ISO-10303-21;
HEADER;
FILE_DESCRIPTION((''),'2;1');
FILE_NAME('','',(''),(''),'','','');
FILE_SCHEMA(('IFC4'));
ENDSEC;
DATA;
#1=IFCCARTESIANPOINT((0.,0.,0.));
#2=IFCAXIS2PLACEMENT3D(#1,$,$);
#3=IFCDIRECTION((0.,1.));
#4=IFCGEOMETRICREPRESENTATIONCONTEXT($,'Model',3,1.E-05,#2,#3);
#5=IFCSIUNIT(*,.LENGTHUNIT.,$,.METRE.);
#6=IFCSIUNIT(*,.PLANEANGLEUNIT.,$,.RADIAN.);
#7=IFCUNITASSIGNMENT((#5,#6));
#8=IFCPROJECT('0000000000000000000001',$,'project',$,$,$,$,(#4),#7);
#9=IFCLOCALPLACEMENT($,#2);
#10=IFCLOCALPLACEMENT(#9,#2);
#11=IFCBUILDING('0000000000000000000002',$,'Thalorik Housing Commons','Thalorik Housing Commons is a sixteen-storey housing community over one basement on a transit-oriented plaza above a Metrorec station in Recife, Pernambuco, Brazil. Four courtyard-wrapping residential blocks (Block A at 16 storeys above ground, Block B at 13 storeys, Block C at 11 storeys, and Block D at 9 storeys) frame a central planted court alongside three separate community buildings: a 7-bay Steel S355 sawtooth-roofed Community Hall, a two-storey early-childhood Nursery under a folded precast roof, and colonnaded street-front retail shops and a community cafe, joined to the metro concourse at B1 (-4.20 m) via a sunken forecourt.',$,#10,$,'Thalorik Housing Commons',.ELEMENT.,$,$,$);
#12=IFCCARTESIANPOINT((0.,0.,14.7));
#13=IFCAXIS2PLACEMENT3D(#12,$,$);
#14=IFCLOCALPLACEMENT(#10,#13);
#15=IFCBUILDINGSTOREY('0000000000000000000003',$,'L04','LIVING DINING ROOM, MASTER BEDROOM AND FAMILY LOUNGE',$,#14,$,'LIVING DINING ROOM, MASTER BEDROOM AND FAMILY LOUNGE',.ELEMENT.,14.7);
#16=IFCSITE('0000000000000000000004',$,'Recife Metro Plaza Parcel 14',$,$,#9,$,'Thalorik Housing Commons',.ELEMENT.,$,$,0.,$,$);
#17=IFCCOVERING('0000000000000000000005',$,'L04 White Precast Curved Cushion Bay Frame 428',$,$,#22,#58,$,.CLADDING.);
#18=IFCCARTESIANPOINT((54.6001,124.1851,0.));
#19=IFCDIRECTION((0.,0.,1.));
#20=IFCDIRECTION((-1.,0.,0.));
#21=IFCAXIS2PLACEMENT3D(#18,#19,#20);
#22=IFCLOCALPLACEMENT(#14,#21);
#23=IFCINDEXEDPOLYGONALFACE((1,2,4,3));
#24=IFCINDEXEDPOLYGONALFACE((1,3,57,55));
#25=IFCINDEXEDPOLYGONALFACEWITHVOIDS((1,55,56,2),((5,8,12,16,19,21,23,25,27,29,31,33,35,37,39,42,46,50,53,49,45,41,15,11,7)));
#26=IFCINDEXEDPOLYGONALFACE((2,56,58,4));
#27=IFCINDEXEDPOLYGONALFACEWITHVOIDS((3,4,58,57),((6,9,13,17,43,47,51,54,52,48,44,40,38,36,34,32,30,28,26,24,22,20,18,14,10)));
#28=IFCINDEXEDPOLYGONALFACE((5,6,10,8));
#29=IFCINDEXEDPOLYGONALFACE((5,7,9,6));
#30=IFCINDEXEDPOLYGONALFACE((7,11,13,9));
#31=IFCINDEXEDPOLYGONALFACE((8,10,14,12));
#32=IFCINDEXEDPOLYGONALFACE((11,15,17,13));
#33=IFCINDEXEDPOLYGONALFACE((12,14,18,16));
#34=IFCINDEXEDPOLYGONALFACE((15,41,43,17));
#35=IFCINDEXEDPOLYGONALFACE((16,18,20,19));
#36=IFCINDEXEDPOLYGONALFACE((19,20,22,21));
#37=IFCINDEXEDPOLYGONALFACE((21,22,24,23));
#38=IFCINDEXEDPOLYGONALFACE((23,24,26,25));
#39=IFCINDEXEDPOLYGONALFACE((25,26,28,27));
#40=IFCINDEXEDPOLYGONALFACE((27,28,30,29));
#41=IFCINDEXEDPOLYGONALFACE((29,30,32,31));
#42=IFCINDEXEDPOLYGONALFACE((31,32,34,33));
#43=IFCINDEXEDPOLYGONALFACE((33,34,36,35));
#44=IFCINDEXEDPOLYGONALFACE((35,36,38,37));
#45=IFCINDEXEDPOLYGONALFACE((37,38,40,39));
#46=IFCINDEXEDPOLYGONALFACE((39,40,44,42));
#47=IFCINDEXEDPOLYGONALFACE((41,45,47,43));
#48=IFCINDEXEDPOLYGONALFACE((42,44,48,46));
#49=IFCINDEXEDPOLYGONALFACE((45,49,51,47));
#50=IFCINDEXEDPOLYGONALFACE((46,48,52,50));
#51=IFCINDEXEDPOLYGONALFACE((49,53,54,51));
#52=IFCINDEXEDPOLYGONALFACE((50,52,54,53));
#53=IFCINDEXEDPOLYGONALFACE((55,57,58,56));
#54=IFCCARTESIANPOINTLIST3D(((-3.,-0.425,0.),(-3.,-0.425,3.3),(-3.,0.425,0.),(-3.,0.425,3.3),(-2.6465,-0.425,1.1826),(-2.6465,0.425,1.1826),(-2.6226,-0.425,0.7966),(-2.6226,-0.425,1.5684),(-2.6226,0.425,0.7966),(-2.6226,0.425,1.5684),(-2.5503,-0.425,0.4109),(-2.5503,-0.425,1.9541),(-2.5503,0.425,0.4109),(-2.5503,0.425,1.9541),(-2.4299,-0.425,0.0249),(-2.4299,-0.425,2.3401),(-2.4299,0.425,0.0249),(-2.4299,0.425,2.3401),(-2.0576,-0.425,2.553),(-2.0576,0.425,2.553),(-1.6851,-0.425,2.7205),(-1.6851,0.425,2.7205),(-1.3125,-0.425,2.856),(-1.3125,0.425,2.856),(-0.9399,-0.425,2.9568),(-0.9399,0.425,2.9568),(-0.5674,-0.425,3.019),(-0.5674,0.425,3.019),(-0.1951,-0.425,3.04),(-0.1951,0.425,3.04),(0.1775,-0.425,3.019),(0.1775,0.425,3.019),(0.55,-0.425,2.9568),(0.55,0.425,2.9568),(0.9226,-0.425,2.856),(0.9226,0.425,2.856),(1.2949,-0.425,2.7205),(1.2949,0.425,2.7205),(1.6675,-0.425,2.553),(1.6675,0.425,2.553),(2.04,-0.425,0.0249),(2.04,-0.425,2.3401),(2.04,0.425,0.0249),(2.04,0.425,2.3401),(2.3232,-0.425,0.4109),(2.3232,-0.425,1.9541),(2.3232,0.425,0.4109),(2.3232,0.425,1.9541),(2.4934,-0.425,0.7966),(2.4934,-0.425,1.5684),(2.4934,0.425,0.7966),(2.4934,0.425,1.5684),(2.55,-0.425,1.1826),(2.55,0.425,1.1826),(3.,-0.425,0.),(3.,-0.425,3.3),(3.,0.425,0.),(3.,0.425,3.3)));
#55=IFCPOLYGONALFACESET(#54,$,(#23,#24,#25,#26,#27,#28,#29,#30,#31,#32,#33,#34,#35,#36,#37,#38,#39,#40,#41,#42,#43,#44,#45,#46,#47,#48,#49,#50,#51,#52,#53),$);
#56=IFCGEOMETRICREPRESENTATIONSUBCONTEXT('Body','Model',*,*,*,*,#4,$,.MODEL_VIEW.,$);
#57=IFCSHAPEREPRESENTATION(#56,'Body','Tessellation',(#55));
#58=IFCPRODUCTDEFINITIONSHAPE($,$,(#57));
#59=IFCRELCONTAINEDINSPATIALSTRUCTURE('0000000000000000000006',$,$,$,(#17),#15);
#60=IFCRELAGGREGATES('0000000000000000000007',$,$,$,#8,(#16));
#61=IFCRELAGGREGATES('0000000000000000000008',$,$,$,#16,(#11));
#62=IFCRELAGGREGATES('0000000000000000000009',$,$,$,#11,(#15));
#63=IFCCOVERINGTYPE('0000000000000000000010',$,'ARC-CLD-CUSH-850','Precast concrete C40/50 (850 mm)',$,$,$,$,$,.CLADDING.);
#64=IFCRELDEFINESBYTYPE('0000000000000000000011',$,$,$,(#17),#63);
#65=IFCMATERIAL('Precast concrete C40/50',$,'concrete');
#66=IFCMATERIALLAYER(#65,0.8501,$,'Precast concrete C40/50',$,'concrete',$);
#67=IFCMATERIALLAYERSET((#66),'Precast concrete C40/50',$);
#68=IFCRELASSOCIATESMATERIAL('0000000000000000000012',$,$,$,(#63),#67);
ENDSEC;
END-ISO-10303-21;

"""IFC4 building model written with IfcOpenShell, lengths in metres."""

from ifc_helpers import new_model, si_unit, direction, frame, origin, place, context, subcontext, project, spatial, polyline, outline, extrude, material, layer, layer_set, type_object, element, save


model = new_model("IFC4")

# Units and contexts
model_context = context("Model", 3, precision=1e-05, world=origin(), true_north=direction((0.0, 1.0)))
body_context = subcontext(model_context, "Body", "Model", "MODEL_VIEW")
ifc_project = project(units=[si_unit("LENGTHUNIT", "METRE"), si_unit("PLANEANGLEUNIT", "RADIAN")], contexts=[model_context])

# Site, building, storey
site_placement = place(None, origin())
site = spatial("IfcSite", under=ifc_project, at=site_placement, Name="Recife Metro Plaza Parcel 14", LongName="Thalorik Housing Commons", CompositionType="ELEMENT", RefElevation=0.0)
building_placement = place(site_placement, origin())
building = spatial("IfcBuilding", under=site, at=building_placement, Name="Thalorik Housing Commons", Description="Thalorik Housing Commons is a sixteen-storey housing community over one basement on a transit-oriented plaza above a Metrorec station in Recife, Pernambuco, Brazil. Four courtyard-wrapping residential blocks (Block A at 16 storeys above ground, Block B at 13 storeys, Block C at 11 storeys, and Block D at 9 storeys) frame a central planted court alongside three separate community buildings: a 7-bay Steel S355 sawtooth-roofed Community Hall, a two-storey early-childhood Nursery under a folded precast roof, and colonnaded street-front retail shops and a community cafe, joined to the metro concourse at B1 (-4.20 m) via a sunken forecourt.", LongName="Thalorik Housing Commons", CompositionType="ELEMENT")
storey_placement = place(building_placement, frame((0.0, 0.0, 14.7)))
storey = spatial("IfcBuildingStorey", under=building, at=storey_placement, Name="L04", Description="LIVING DINING ROOM, MASTER BEDROOM AND FAMILY LOUNGE", LongName="LIVING DINING ROOM, MASTER BEDROOM AND FAMILY LOUNGE", CompositionType="ELEMENT", Elevation=14.7)

# Shared definitions
ifc_material_1 = material(Name="Precast concrete C40/50", Category="concrete")

# Covering
ifc_layer_1 = layer(ifc_material_1, 0.8501, Name="Precast concrete C40/50", Category="concrete")
ifc_layer_set_1 = layer_set([ifc_layer_1], Name="Precast concrete C40/50")
covering_type_1 = type_object("IfcCoveringType", Name="ARC-CLD-CUSH-850", Description="Precast concrete C40/50 (850 mm)", PredefinedType="CLADDING", material=ifc_layer_set_1)
covering_1_placement = place(storey_placement, frame((54.6001, 124.1851, 0.0), z_axis=(0.0, 0.0, 1.0), x_axis=(-1.0, 0.0, 0.0)))
element("IfcCovering", 1, at=covering_1_placement, inside=storey, type_object=covering_type_1, Name="L04 White Precast Curved Cushion Bay Frame 428", PredefinedType="CLADDING", context=body_context, shape_type="SweptSolid", body=[
    extrude(outline(polyline([(-3.0, 0.0), (3.0, 0.0), (3.0, 3.3), (-3.0, 3.3), (-3.0, 0.0)]), holes=[polyline([(2.04, 0.0249), (2.3232, 0.4109), (2.4934, 0.7966), (2.55, 1.1826), (2.4934, 1.5684), (2.3232, 1.9541), (2.04, 2.3401), (1.6675, 2.553), (1.2949, 2.7205), (0.9226, 2.856), (0.55, 2.9568), (0.1775, 3.019), (-0.1951, 3.04), (-0.5674, 3.019), (-0.9399, 2.9568), (-1.3125, 2.856), (-1.6851, 2.7205), (-2.0576, 2.553), (-2.4299, 2.3401), (-2.5503, 1.9541), (-2.6226, 1.5684), (-2.6465, 1.1826), (-2.6226, 0.7966), (-2.5503, 0.4109), (-2.4299, 0.0249), (2.04, 0.0249)])]), frame((0.0, 0.425, 0.0), z_axis=(0.0, -1.0, 0.0), x_axis=(1.0, 0.0, 0.0)), (0.0, 0.0, 1.0), 0.8501),
])

save(model, "model.ifc")
